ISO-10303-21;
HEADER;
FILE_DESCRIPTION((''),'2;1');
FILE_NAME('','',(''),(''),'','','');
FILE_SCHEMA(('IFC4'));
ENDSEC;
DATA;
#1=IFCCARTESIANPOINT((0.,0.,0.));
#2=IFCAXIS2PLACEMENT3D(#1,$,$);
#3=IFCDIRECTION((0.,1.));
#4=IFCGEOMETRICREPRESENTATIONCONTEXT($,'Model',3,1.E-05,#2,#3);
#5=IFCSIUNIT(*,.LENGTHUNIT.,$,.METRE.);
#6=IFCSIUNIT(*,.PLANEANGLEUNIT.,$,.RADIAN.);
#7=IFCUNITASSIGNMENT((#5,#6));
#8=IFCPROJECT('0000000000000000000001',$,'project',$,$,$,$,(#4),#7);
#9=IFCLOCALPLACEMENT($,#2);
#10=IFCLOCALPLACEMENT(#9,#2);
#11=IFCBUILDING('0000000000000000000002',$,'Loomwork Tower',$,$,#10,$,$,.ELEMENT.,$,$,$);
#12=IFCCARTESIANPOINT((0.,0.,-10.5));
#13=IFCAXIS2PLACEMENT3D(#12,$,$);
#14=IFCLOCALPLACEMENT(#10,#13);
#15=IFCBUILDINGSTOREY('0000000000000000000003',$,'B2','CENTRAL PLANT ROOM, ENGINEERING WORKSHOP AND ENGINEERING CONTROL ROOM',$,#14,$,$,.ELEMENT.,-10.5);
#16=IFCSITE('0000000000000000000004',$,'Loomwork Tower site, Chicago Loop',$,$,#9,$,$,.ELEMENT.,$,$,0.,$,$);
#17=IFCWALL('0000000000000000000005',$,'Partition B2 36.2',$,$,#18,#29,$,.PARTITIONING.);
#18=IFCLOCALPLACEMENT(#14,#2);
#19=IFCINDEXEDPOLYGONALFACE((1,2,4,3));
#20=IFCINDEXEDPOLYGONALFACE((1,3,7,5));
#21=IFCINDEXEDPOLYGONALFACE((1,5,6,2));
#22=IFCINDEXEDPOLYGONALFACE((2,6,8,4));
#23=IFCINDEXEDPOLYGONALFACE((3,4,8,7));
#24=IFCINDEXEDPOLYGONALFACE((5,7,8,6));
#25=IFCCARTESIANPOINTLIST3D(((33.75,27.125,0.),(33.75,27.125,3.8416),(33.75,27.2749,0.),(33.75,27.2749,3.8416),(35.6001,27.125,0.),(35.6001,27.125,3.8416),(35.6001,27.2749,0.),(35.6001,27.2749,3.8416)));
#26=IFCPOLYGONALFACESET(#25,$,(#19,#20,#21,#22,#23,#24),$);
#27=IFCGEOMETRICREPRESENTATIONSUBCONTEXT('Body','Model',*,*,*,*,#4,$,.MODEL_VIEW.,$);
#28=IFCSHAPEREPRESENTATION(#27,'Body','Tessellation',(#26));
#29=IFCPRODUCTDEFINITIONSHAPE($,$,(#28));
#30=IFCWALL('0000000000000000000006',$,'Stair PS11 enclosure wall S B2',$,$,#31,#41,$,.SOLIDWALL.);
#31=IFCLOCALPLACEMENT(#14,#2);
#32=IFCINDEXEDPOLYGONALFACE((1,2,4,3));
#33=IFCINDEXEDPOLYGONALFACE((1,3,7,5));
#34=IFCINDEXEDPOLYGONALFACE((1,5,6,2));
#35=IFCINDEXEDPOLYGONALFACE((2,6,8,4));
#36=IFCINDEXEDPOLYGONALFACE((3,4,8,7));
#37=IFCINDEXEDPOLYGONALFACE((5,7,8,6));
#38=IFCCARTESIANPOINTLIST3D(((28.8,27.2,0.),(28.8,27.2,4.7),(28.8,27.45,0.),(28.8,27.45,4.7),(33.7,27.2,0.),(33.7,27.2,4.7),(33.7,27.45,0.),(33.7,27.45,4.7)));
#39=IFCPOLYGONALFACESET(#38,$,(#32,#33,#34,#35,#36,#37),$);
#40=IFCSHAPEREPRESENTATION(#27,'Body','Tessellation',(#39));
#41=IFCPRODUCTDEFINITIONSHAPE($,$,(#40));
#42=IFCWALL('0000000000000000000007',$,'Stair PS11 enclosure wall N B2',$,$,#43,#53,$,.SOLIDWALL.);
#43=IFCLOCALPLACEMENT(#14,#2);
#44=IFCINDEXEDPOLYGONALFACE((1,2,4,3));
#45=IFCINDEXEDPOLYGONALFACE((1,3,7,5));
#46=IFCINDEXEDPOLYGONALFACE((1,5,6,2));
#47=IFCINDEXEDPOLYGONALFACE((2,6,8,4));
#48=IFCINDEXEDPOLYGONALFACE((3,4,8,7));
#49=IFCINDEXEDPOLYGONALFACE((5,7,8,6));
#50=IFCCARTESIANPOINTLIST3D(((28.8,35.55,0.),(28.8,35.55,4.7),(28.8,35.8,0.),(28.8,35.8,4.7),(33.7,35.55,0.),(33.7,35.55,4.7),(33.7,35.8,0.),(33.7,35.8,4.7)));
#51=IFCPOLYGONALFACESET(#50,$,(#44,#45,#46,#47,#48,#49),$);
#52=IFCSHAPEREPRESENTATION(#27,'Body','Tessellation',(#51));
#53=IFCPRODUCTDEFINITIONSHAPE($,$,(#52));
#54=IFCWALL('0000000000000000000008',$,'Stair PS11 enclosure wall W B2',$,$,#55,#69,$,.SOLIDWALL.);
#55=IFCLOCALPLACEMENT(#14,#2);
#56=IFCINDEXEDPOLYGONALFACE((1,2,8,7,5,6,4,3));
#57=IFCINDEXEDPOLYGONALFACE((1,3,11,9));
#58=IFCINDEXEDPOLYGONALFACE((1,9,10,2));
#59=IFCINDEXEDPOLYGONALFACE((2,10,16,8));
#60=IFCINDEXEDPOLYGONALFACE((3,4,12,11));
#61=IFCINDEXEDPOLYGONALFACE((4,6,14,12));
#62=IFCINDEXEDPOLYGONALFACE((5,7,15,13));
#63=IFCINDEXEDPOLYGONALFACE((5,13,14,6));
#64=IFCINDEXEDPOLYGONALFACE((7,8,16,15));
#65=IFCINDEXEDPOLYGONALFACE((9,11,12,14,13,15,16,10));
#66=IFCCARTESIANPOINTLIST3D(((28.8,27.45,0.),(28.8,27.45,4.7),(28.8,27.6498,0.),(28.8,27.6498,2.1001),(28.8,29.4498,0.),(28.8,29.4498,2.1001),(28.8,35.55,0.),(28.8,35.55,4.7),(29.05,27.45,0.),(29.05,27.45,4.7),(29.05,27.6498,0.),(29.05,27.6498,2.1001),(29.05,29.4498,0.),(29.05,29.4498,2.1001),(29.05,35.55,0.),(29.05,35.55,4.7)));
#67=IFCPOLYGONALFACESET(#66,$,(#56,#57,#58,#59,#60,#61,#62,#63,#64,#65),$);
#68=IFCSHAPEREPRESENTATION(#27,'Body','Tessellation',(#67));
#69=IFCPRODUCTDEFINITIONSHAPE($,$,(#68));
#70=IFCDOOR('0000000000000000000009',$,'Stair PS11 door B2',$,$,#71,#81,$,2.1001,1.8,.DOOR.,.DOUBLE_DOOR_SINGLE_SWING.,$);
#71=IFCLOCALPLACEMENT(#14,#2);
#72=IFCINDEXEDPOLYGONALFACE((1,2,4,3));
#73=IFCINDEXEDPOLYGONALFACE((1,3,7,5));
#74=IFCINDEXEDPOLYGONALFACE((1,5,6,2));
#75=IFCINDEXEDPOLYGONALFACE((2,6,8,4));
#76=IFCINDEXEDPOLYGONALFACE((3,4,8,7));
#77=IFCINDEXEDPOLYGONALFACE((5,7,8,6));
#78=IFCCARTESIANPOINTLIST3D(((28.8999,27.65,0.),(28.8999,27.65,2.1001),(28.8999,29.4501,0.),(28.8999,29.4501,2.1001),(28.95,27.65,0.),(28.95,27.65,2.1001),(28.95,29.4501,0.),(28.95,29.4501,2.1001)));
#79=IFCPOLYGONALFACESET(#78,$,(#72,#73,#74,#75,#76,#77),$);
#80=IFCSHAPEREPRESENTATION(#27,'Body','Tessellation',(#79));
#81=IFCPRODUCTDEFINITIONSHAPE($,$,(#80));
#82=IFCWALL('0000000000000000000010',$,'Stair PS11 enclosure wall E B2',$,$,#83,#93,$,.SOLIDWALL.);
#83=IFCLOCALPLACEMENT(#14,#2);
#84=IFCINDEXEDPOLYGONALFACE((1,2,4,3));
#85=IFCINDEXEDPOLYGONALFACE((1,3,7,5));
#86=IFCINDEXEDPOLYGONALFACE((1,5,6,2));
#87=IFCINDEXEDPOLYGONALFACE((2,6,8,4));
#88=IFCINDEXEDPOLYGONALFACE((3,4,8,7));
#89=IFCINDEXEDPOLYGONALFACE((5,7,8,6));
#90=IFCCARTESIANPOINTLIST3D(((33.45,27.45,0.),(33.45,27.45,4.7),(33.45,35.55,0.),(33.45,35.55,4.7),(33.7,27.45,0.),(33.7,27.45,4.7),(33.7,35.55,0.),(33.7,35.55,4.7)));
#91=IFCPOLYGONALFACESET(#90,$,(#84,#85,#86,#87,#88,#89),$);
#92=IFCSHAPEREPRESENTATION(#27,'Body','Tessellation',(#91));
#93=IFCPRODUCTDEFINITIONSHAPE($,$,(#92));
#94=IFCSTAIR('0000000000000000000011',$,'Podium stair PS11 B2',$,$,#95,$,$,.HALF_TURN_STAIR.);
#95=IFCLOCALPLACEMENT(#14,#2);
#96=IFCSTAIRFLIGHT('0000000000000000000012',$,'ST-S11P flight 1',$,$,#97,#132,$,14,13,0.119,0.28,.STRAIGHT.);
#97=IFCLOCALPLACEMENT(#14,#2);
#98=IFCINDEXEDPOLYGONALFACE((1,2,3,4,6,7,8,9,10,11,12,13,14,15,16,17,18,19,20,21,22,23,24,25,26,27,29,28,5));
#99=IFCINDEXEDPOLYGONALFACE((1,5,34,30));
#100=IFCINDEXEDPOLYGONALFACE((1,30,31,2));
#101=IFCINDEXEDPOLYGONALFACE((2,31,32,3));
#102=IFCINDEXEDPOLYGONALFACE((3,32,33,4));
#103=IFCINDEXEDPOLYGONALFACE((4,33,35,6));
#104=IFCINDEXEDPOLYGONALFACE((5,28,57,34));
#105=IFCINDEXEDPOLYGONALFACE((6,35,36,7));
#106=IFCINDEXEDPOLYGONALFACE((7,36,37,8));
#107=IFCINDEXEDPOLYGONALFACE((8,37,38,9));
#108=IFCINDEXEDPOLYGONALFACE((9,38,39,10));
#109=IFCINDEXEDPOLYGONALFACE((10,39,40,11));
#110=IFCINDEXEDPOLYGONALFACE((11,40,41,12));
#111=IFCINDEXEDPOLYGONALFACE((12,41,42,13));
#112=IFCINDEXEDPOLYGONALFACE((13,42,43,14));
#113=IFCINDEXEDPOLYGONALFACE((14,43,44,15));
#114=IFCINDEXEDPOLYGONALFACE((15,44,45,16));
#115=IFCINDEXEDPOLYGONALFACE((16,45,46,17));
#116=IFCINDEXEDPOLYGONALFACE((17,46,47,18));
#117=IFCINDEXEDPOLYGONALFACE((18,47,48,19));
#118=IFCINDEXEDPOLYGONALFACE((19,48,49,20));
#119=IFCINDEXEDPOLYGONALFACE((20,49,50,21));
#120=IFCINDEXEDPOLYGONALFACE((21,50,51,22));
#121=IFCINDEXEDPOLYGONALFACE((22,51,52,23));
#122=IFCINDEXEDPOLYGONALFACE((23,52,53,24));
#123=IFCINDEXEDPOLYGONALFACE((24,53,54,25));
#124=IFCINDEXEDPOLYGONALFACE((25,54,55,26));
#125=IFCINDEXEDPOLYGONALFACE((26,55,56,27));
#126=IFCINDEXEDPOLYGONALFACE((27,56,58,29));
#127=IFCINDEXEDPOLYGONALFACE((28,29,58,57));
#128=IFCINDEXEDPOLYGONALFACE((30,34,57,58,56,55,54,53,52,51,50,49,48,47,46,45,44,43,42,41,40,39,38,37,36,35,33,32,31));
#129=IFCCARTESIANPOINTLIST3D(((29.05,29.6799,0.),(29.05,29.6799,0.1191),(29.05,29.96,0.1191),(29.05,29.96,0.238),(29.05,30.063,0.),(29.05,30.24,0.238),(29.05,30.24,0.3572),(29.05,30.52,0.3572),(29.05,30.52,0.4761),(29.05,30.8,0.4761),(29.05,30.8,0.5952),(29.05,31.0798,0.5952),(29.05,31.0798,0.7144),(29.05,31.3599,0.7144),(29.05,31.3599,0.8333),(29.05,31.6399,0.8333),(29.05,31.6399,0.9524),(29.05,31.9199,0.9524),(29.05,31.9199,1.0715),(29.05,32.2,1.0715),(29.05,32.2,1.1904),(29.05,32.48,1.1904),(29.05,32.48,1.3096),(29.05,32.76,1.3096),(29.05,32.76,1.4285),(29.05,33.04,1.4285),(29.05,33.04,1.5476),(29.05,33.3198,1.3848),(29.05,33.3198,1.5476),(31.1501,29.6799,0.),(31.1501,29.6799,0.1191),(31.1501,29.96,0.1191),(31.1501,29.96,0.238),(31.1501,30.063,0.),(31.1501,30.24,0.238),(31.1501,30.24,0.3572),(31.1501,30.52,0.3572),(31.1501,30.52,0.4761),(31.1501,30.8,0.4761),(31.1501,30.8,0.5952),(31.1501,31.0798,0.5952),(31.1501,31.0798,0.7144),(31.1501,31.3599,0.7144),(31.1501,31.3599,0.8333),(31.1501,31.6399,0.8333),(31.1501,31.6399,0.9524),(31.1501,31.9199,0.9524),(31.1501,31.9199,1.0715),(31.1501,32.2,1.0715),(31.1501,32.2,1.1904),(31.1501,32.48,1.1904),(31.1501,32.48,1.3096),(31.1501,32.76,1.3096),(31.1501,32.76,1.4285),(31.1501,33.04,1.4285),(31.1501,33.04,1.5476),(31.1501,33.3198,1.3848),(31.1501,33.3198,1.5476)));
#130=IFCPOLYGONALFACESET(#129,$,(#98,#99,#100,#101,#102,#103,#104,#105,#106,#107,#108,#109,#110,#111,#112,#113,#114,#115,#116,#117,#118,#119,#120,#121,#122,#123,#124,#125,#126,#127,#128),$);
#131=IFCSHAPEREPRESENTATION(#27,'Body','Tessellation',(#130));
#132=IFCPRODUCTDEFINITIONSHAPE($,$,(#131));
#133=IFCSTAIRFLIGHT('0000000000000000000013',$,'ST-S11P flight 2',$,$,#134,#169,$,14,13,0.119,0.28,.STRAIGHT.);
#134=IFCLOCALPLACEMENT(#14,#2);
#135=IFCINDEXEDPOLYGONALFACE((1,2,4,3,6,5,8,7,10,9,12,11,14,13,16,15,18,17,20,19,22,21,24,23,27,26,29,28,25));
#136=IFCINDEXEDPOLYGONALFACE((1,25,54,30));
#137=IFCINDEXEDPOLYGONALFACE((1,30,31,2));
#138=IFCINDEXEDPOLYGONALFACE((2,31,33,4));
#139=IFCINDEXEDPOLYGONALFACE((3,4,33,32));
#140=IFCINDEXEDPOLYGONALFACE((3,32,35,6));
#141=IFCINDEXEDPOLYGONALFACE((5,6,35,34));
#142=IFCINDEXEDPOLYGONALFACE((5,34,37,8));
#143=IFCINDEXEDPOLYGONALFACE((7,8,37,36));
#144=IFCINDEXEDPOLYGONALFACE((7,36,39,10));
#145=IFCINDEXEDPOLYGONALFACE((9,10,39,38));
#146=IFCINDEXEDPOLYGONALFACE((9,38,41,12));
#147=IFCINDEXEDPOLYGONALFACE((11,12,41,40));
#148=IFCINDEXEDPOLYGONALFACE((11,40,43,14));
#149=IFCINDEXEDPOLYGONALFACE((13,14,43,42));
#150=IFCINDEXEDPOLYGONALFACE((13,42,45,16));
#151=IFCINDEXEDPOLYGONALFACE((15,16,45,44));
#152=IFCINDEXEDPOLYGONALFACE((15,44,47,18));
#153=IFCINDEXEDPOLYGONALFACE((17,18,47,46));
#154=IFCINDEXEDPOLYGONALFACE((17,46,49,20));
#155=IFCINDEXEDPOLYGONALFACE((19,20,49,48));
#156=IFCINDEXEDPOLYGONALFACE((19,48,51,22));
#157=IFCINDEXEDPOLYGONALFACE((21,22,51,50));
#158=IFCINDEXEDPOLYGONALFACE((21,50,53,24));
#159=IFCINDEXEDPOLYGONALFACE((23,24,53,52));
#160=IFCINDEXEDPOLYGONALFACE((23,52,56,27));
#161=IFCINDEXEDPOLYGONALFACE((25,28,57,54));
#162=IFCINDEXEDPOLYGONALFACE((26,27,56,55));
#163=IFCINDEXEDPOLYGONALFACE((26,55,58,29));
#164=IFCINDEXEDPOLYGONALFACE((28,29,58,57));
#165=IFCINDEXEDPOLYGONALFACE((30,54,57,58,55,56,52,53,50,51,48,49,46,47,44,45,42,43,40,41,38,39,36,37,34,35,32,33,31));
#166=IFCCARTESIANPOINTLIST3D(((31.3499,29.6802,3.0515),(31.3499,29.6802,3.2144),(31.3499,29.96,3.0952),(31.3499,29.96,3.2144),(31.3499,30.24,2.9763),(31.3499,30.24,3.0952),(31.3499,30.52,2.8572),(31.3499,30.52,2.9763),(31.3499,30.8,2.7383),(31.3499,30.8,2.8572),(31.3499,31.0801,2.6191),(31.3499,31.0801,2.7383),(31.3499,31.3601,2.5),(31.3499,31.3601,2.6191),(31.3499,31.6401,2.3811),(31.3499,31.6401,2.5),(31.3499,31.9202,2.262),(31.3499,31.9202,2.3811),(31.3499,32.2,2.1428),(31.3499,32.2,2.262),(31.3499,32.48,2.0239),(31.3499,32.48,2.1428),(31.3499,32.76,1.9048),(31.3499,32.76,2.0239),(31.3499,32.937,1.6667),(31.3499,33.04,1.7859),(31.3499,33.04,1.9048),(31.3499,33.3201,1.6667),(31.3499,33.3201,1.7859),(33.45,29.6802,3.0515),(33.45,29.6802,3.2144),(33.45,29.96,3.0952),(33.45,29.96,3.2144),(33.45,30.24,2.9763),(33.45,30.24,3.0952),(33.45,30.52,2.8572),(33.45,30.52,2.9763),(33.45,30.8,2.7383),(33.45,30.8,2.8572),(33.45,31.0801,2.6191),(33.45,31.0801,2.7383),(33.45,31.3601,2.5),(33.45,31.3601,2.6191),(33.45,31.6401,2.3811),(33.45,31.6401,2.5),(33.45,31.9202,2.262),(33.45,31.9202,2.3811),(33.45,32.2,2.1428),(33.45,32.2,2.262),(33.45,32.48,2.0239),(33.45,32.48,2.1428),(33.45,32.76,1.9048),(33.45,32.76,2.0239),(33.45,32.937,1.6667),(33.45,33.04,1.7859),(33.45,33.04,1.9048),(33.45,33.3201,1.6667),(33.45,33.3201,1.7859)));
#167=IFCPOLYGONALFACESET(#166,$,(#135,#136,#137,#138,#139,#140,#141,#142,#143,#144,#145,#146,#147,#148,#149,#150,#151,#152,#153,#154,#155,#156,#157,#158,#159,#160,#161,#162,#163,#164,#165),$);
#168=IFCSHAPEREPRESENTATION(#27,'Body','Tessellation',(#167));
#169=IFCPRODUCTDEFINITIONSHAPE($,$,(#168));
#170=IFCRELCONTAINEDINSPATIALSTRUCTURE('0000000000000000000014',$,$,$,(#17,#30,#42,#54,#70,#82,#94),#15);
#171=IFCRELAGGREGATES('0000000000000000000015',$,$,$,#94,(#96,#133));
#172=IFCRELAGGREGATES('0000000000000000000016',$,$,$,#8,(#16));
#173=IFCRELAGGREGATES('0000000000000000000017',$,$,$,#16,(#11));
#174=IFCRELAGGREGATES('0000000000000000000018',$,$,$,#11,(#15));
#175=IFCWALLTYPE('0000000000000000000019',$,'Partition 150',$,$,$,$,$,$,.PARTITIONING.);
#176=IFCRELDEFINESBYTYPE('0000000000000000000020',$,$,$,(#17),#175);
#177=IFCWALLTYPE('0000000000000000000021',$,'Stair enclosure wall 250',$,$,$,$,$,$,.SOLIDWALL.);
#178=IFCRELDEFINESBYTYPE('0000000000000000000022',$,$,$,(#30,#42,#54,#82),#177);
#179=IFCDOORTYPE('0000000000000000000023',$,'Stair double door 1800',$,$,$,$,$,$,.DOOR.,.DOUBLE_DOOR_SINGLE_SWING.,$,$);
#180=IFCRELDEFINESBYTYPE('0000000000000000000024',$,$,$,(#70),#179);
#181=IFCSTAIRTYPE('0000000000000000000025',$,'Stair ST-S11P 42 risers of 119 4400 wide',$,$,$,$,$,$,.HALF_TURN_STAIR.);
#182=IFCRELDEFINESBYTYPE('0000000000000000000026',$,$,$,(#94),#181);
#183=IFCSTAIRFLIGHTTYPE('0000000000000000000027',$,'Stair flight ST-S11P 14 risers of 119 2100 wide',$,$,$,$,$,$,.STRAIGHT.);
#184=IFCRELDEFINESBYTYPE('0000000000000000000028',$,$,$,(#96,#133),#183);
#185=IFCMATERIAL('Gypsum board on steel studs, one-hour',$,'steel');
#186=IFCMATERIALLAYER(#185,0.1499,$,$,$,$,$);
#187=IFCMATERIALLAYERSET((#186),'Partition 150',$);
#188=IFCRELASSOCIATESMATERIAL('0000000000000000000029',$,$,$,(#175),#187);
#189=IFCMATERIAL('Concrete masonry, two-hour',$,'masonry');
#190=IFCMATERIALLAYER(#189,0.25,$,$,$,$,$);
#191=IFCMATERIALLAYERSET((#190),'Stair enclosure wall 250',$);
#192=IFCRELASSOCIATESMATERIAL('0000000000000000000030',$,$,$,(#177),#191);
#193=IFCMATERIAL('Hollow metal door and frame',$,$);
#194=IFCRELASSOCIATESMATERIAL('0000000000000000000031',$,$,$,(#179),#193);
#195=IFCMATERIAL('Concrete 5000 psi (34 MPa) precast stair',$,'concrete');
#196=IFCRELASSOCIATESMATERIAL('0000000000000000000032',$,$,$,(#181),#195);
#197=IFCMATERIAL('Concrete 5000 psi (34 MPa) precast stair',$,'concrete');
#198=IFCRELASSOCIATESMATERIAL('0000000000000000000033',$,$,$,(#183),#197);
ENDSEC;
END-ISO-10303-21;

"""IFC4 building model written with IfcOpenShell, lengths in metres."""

from ifc_helpers import new_model, si_unit, direction, frame, frame_2d, origin, place, context, subcontext, project, spatial, polyline, rectangle, outline, extrude, material, layer, layer_set, type_object, element, fill, aggregate, save


model = new_model("IFC4")

# Units and contexts
model_context = context("Model", 3, precision=1e-05, world=origin(), true_north=direction((0.0, 1.0)))
body_context = subcontext(model_context, "Body", "Model", "MODEL_VIEW")
ifc_project = project(units=[si_unit("LENGTHUNIT", "METRE"), si_unit("PLANEANGLEUNIT", "RADIAN")], contexts=[model_context])

# Site, building, storey
site_placement = place(None, origin())
site = spatial("IfcSite", under=ifc_project, at=site_placement, Name="Loomwork Tower site, Chicago Loop", CompositionType="ELEMENT", RefElevation=0.0)
building_placement = place(site_placement, origin())
building = spatial("IfcBuilding", under=site, at=building_placement, Name="Loomwork Tower", CompositionType="ELEMENT")
storey_placement = place(building_placement, frame((0.0, 0.0, -10.5)))
storey = spatial("IfcBuildingStorey", under=building, at=storey_placement, Name="B2", Description="CENTRAL PLANT ROOM, ENGINEERING WORKSHOP AND ENGINEERING CONTROL ROOM", CompositionType="ELEMENT", Elevation=-10.5)

# Walls
ifc_material_1 = material(Name="Gypsum board on steel studs, one-hour", Category="steel")
ifc_layer_1 = layer(ifc_material_1, 0.1499)
ifc_layer_set_1 = layer_set([ifc_layer_1], Name="Partition 150")
wall_type_1 = type_object("IfcWallType", Name="Partition 150", PredefinedType="PARTITIONING", material=ifc_layer_set_1)
wall_1_placement = place(storey_placement, frame((35.6001, 27.2, 0.0), z_axis=(0.0, 0.0, 1.0), x_axis=(-1.0, 0.0, 0.0)))
element("IfcWall", 1, at=wall_1_placement, inside=storey, type_object=wall_type_1, Name="Partition B2 36.2", PredefinedType="PARTITIONING", context=body_context, shape_type="SweptSolid", body=[
    extrude(rectangle(XDim=1.8501, YDim=0.1499, at=frame_2d((0.925, 0.0))), origin(), (0.0, 0.0, 1.0), 3.8416),
])
ifc_material_2 = material(Name="Concrete masonry, two-hour", Category="masonry")
ifc_layer_2 = layer(ifc_material_2, 0.25)
ifc_layer_set_2 = layer_set([ifc_layer_2], Name="Stair enclosure wall 250")
wall_type_2 = type_object("IfcWallType", Name="Stair enclosure wall 250", PredefinedType="SOLIDWALL", material=ifc_layer_set_2)
for number, where, z_axis, x_axis, name in (
    (2, (28.8, 27.325, 0.0), (0.0, 0.0, 1.0), (1.0, 0.0, 0.0), "Stair PS11 enclosure wall S B2"),
    (3, (28.8, 35.675, 0.0), (0.0, 0.0, 1.0), (1.0, 0.0, 0.0), "Stair PS11 enclosure wall N B2"),
):
    element("IfcWall", number, at=place(storey_placement, frame(where, z_axis=z_axis, x_axis=x_axis)), inside=storey, type_object=wall_type_2, Name=name, PredefinedType="SOLIDWALL", context=body_context, shape_type="SweptSolid", body=[
        extrude(rectangle(XDim=4.8999, YDim=0.25, at=frame_2d((2.45, 0.0))), origin(), (0.0, 0.0, 1.0), 4.7),
    ])

# Wall, opening, door
wall_2_placement = place(storey_placement, frame((28.925, 27.45, 0.0), z_axis=(0.0, 0.0, 1.0), x_axis=(0.0, 1.0, 0.0)))
wall_2 = element("IfcWall", 4, at=wall_2_placement, inside=storey, type_object=wall_type_2, Name="Stair PS11 enclosure wall W B2", PredefinedType="SOLIDWALL", context=body_context, shape_type="SweptSolid", body=[
    extrude(rectangle(XDim=8.1001, YDim=0.25, at=frame_2d((4.05, 0.0))), origin(), (0.0, 0.0, 1.0), 4.7),
])
opening_placement = place(wall_2_placement, frame((0.2, 0.0, 0.0)))
opening = element("IfcOpeningElement", 5, at=opening_placement, cuts=wall_2, PredefinedType="OPENING", context=body_context, shape_type="SweptSolid", body=[
    extrude(rectangle(XDim=1.8, YDim=2.1001, at=frame_2d((0.8999, 1.05))), frame((0.0, 0.135, 0.0), z_axis=(0.0, -1.0, 0.0), x_axis=(1.0, 0.0, 0.0)), (0.0, 0.0, 1.0), 0.27),
])
ifc_material_3 = material(Name="Hollow metal door and frame")
door_type = type_object("IfcDoorType", Name="Stair double door 1800", OperationType="DOUBLE_DOOR_SINGLE_SWING", PredefinedType="DOOR", material=ifc_material_3)
door_placement = place(opening_placement, frame((1.8, 0.0, 0.0), z_axis=(0.0, 0.0, 1.0), x_axis=(-1.0, 0.0, 0.0)))
door = element("IfcDoor", 6, at=door_placement, inside=storey, type_object=door_type, Name="Stair PS11 door B2", OperationType="DOUBLE_DOOR_SINGLE_SWING", OverallHeight=2.1001, OverallWidth=1.8, PredefinedType="DOOR", context=body_context, shape_type="SweptSolid", body=[
    extrude(rectangle(XDim=1.8, YDim=2.1001, at=frame_2d((0.8999, 1.05))), frame((0.0, 0.0249, 0.0), z_axis=(0.0, -1.0, 0.0), x_axis=(1.0, 0.0, 0.0)), (0.0, 0.0, 1.0), 0.05),
])
fill(opening, door)

# Wall
wall_3_placement = place(storey_placement, frame((33.575, 27.45, 0.0), z_axis=(0.0, 0.0, 1.0), x_axis=(0.0, 1.0, 0.0)))
element("IfcWall", 7, at=wall_3_placement, inside=storey, type_object=wall_type_2, Name="Stair PS11 enclosure wall E B2", PredefinedType="SOLIDWALL", context=body_context, shape_type="SweptSolid", body=[
    extrude(rectangle(XDim=8.1001, YDim=0.25, at=frame_2d((4.05, 0.0))), origin(), (0.0, 0.0, 1.0), 4.7),
])

# Stair, stair flights
ifc_material_4 = material(Name="Concrete 5000 psi (34 MPa) precast stair", Category="concrete")
stair_type = type_object("IfcStairType", Name="Stair ST-S11P 42 risers of 119 4400 wide", PredefinedType="HALF_TURN_STAIR", material=ifc_material_4)
stair_placement = place(storey_placement, origin())
stair = element("IfcStair", 8, at=stair_placement, inside=storey, type_object=stair_type, Name="Podium stair PS11 B2", PredefinedType="HALF_TURN_STAIR")
ifc_material_5 = material(Name="Concrete 5000 psi (34 MPa) precast stair", Category="concrete")
stair_flight_type = type_object("IfcStairFlightType", Name="Stair flight ST-S11P 14 risers of 119 2100 wide", PredefinedType="STRAIGHT", material=ifc_material_5)
stair_flight_1_placement = place(storey_placement, frame((30.1001, 29.6799, 0.0), z_axis=(0.0, 0.0, 1.0), x_axis=(0.0, 1.0, 0.0)))
stair_flight_1 = element("IfcStairFlight", 9, at=stair_flight_1_placement, type_object=stair_flight_type, Name="ST-S11P flight 1", NumberOfRisers=14, NumberOfTreads=13, PredefinedType="STRAIGHT", RiserHeight=0.119, TreadLength=0.28, context=body_context, shape_type="SweptSolid", body=[
    extrude(outline(polyline([(0.0, 0.0), (0.0, 0.1191), (0.28, 0.1191), (0.28, 0.238), (0.5601, 0.238), (0.5601, 0.3572), (0.8401, 0.3572), (0.8401, 0.4761), (1.1201, 0.4761), (1.1201, 0.5952), (1.3999, 0.5952), (1.3999, 0.7144), (1.6799, 0.7144), (1.6799, 0.8333), (1.96, 0.8333), (1.96, 0.9524), (2.24, 0.9524), (2.24, 1.0715), (2.52, 1.0715), (2.52, 1.1904), (2.8, 1.1904), (2.8, 1.3096), (3.0801, 1.3096), (3.0801, 1.4285), (3.3601, 1.4285), (3.3601, 1.5476), (3.6399, 1.5476), (3.6399, 1.6667), (3.6399, 1.3848), (0.3831, 0.0), (0.0, 0.0)])), frame((0.0, 1.05, 0.0), z_axis=(0.0, -1.0, 0.0), x_axis=(1.0, 0.0, 0.0)), (0.0, 0.0, 1.0), 2.1001),
])
stair_flight_2_placement = place(storey_placement, frame((32.3999, 33.3201, 1.6667), z_axis=(0.0, 0.0, 1.0), x_axis=(0.0, -1.0, 0.0)))
stair_flight_2 = element("IfcStairFlight", 10, at=stair_flight_2_placement, type_object=stair_flight_type, Name="ST-S11P flight 2", NumberOfRisers=14, NumberOfTreads=13, PredefinedType="STRAIGHT", RiserHeight=0.119, TreadLength=0.28, context=body_context, shape_type="SweptSolid", body=[
    extrude(outline(polyline([(0.0, 0.0), (0.0, 0.1191), (0.28, 0.1191), (0.28, 0.238), (0.5601, 0.238), (0.5601, 0.3572), (0.8401, 0.3572), (0.8401, 0.4761), (1.1201, 0.4761), (1.1201, 0.5952), (1.3999, 0.5952), (1.3999, 0.7144), (1.6799, 0.7144), (1.6799, 0.8333), (1.96, 0.8333), (1.96, 0.9524), (2.24, 0.9524), (2.24, 1.0715), (2.52, 1.0715), (2.52, 1.1904), (2.8, 1.1904), (2.8, 1.3096), (3.0801, 1.3096), (3.0801, 1.4285), (3.3601, 1.4285), (3.3601, 1.5476), (3.6399, 1.5476), (3.6399, 1.6667), (3.6399, 1.3848), (0.3831, 0.0), (0.0, 0.0)])), frame((0.0, 1.05, 0.0), z_axis=(0.0, -1.0, 0.0), x_axis=(1.0, 0.0, 0.0)), (0.0, 0.0, 1.0), 2.1001),
])
aggregate(stair, [stair_flight_1, stair_flight_2])

save(model, "model.ifc")
